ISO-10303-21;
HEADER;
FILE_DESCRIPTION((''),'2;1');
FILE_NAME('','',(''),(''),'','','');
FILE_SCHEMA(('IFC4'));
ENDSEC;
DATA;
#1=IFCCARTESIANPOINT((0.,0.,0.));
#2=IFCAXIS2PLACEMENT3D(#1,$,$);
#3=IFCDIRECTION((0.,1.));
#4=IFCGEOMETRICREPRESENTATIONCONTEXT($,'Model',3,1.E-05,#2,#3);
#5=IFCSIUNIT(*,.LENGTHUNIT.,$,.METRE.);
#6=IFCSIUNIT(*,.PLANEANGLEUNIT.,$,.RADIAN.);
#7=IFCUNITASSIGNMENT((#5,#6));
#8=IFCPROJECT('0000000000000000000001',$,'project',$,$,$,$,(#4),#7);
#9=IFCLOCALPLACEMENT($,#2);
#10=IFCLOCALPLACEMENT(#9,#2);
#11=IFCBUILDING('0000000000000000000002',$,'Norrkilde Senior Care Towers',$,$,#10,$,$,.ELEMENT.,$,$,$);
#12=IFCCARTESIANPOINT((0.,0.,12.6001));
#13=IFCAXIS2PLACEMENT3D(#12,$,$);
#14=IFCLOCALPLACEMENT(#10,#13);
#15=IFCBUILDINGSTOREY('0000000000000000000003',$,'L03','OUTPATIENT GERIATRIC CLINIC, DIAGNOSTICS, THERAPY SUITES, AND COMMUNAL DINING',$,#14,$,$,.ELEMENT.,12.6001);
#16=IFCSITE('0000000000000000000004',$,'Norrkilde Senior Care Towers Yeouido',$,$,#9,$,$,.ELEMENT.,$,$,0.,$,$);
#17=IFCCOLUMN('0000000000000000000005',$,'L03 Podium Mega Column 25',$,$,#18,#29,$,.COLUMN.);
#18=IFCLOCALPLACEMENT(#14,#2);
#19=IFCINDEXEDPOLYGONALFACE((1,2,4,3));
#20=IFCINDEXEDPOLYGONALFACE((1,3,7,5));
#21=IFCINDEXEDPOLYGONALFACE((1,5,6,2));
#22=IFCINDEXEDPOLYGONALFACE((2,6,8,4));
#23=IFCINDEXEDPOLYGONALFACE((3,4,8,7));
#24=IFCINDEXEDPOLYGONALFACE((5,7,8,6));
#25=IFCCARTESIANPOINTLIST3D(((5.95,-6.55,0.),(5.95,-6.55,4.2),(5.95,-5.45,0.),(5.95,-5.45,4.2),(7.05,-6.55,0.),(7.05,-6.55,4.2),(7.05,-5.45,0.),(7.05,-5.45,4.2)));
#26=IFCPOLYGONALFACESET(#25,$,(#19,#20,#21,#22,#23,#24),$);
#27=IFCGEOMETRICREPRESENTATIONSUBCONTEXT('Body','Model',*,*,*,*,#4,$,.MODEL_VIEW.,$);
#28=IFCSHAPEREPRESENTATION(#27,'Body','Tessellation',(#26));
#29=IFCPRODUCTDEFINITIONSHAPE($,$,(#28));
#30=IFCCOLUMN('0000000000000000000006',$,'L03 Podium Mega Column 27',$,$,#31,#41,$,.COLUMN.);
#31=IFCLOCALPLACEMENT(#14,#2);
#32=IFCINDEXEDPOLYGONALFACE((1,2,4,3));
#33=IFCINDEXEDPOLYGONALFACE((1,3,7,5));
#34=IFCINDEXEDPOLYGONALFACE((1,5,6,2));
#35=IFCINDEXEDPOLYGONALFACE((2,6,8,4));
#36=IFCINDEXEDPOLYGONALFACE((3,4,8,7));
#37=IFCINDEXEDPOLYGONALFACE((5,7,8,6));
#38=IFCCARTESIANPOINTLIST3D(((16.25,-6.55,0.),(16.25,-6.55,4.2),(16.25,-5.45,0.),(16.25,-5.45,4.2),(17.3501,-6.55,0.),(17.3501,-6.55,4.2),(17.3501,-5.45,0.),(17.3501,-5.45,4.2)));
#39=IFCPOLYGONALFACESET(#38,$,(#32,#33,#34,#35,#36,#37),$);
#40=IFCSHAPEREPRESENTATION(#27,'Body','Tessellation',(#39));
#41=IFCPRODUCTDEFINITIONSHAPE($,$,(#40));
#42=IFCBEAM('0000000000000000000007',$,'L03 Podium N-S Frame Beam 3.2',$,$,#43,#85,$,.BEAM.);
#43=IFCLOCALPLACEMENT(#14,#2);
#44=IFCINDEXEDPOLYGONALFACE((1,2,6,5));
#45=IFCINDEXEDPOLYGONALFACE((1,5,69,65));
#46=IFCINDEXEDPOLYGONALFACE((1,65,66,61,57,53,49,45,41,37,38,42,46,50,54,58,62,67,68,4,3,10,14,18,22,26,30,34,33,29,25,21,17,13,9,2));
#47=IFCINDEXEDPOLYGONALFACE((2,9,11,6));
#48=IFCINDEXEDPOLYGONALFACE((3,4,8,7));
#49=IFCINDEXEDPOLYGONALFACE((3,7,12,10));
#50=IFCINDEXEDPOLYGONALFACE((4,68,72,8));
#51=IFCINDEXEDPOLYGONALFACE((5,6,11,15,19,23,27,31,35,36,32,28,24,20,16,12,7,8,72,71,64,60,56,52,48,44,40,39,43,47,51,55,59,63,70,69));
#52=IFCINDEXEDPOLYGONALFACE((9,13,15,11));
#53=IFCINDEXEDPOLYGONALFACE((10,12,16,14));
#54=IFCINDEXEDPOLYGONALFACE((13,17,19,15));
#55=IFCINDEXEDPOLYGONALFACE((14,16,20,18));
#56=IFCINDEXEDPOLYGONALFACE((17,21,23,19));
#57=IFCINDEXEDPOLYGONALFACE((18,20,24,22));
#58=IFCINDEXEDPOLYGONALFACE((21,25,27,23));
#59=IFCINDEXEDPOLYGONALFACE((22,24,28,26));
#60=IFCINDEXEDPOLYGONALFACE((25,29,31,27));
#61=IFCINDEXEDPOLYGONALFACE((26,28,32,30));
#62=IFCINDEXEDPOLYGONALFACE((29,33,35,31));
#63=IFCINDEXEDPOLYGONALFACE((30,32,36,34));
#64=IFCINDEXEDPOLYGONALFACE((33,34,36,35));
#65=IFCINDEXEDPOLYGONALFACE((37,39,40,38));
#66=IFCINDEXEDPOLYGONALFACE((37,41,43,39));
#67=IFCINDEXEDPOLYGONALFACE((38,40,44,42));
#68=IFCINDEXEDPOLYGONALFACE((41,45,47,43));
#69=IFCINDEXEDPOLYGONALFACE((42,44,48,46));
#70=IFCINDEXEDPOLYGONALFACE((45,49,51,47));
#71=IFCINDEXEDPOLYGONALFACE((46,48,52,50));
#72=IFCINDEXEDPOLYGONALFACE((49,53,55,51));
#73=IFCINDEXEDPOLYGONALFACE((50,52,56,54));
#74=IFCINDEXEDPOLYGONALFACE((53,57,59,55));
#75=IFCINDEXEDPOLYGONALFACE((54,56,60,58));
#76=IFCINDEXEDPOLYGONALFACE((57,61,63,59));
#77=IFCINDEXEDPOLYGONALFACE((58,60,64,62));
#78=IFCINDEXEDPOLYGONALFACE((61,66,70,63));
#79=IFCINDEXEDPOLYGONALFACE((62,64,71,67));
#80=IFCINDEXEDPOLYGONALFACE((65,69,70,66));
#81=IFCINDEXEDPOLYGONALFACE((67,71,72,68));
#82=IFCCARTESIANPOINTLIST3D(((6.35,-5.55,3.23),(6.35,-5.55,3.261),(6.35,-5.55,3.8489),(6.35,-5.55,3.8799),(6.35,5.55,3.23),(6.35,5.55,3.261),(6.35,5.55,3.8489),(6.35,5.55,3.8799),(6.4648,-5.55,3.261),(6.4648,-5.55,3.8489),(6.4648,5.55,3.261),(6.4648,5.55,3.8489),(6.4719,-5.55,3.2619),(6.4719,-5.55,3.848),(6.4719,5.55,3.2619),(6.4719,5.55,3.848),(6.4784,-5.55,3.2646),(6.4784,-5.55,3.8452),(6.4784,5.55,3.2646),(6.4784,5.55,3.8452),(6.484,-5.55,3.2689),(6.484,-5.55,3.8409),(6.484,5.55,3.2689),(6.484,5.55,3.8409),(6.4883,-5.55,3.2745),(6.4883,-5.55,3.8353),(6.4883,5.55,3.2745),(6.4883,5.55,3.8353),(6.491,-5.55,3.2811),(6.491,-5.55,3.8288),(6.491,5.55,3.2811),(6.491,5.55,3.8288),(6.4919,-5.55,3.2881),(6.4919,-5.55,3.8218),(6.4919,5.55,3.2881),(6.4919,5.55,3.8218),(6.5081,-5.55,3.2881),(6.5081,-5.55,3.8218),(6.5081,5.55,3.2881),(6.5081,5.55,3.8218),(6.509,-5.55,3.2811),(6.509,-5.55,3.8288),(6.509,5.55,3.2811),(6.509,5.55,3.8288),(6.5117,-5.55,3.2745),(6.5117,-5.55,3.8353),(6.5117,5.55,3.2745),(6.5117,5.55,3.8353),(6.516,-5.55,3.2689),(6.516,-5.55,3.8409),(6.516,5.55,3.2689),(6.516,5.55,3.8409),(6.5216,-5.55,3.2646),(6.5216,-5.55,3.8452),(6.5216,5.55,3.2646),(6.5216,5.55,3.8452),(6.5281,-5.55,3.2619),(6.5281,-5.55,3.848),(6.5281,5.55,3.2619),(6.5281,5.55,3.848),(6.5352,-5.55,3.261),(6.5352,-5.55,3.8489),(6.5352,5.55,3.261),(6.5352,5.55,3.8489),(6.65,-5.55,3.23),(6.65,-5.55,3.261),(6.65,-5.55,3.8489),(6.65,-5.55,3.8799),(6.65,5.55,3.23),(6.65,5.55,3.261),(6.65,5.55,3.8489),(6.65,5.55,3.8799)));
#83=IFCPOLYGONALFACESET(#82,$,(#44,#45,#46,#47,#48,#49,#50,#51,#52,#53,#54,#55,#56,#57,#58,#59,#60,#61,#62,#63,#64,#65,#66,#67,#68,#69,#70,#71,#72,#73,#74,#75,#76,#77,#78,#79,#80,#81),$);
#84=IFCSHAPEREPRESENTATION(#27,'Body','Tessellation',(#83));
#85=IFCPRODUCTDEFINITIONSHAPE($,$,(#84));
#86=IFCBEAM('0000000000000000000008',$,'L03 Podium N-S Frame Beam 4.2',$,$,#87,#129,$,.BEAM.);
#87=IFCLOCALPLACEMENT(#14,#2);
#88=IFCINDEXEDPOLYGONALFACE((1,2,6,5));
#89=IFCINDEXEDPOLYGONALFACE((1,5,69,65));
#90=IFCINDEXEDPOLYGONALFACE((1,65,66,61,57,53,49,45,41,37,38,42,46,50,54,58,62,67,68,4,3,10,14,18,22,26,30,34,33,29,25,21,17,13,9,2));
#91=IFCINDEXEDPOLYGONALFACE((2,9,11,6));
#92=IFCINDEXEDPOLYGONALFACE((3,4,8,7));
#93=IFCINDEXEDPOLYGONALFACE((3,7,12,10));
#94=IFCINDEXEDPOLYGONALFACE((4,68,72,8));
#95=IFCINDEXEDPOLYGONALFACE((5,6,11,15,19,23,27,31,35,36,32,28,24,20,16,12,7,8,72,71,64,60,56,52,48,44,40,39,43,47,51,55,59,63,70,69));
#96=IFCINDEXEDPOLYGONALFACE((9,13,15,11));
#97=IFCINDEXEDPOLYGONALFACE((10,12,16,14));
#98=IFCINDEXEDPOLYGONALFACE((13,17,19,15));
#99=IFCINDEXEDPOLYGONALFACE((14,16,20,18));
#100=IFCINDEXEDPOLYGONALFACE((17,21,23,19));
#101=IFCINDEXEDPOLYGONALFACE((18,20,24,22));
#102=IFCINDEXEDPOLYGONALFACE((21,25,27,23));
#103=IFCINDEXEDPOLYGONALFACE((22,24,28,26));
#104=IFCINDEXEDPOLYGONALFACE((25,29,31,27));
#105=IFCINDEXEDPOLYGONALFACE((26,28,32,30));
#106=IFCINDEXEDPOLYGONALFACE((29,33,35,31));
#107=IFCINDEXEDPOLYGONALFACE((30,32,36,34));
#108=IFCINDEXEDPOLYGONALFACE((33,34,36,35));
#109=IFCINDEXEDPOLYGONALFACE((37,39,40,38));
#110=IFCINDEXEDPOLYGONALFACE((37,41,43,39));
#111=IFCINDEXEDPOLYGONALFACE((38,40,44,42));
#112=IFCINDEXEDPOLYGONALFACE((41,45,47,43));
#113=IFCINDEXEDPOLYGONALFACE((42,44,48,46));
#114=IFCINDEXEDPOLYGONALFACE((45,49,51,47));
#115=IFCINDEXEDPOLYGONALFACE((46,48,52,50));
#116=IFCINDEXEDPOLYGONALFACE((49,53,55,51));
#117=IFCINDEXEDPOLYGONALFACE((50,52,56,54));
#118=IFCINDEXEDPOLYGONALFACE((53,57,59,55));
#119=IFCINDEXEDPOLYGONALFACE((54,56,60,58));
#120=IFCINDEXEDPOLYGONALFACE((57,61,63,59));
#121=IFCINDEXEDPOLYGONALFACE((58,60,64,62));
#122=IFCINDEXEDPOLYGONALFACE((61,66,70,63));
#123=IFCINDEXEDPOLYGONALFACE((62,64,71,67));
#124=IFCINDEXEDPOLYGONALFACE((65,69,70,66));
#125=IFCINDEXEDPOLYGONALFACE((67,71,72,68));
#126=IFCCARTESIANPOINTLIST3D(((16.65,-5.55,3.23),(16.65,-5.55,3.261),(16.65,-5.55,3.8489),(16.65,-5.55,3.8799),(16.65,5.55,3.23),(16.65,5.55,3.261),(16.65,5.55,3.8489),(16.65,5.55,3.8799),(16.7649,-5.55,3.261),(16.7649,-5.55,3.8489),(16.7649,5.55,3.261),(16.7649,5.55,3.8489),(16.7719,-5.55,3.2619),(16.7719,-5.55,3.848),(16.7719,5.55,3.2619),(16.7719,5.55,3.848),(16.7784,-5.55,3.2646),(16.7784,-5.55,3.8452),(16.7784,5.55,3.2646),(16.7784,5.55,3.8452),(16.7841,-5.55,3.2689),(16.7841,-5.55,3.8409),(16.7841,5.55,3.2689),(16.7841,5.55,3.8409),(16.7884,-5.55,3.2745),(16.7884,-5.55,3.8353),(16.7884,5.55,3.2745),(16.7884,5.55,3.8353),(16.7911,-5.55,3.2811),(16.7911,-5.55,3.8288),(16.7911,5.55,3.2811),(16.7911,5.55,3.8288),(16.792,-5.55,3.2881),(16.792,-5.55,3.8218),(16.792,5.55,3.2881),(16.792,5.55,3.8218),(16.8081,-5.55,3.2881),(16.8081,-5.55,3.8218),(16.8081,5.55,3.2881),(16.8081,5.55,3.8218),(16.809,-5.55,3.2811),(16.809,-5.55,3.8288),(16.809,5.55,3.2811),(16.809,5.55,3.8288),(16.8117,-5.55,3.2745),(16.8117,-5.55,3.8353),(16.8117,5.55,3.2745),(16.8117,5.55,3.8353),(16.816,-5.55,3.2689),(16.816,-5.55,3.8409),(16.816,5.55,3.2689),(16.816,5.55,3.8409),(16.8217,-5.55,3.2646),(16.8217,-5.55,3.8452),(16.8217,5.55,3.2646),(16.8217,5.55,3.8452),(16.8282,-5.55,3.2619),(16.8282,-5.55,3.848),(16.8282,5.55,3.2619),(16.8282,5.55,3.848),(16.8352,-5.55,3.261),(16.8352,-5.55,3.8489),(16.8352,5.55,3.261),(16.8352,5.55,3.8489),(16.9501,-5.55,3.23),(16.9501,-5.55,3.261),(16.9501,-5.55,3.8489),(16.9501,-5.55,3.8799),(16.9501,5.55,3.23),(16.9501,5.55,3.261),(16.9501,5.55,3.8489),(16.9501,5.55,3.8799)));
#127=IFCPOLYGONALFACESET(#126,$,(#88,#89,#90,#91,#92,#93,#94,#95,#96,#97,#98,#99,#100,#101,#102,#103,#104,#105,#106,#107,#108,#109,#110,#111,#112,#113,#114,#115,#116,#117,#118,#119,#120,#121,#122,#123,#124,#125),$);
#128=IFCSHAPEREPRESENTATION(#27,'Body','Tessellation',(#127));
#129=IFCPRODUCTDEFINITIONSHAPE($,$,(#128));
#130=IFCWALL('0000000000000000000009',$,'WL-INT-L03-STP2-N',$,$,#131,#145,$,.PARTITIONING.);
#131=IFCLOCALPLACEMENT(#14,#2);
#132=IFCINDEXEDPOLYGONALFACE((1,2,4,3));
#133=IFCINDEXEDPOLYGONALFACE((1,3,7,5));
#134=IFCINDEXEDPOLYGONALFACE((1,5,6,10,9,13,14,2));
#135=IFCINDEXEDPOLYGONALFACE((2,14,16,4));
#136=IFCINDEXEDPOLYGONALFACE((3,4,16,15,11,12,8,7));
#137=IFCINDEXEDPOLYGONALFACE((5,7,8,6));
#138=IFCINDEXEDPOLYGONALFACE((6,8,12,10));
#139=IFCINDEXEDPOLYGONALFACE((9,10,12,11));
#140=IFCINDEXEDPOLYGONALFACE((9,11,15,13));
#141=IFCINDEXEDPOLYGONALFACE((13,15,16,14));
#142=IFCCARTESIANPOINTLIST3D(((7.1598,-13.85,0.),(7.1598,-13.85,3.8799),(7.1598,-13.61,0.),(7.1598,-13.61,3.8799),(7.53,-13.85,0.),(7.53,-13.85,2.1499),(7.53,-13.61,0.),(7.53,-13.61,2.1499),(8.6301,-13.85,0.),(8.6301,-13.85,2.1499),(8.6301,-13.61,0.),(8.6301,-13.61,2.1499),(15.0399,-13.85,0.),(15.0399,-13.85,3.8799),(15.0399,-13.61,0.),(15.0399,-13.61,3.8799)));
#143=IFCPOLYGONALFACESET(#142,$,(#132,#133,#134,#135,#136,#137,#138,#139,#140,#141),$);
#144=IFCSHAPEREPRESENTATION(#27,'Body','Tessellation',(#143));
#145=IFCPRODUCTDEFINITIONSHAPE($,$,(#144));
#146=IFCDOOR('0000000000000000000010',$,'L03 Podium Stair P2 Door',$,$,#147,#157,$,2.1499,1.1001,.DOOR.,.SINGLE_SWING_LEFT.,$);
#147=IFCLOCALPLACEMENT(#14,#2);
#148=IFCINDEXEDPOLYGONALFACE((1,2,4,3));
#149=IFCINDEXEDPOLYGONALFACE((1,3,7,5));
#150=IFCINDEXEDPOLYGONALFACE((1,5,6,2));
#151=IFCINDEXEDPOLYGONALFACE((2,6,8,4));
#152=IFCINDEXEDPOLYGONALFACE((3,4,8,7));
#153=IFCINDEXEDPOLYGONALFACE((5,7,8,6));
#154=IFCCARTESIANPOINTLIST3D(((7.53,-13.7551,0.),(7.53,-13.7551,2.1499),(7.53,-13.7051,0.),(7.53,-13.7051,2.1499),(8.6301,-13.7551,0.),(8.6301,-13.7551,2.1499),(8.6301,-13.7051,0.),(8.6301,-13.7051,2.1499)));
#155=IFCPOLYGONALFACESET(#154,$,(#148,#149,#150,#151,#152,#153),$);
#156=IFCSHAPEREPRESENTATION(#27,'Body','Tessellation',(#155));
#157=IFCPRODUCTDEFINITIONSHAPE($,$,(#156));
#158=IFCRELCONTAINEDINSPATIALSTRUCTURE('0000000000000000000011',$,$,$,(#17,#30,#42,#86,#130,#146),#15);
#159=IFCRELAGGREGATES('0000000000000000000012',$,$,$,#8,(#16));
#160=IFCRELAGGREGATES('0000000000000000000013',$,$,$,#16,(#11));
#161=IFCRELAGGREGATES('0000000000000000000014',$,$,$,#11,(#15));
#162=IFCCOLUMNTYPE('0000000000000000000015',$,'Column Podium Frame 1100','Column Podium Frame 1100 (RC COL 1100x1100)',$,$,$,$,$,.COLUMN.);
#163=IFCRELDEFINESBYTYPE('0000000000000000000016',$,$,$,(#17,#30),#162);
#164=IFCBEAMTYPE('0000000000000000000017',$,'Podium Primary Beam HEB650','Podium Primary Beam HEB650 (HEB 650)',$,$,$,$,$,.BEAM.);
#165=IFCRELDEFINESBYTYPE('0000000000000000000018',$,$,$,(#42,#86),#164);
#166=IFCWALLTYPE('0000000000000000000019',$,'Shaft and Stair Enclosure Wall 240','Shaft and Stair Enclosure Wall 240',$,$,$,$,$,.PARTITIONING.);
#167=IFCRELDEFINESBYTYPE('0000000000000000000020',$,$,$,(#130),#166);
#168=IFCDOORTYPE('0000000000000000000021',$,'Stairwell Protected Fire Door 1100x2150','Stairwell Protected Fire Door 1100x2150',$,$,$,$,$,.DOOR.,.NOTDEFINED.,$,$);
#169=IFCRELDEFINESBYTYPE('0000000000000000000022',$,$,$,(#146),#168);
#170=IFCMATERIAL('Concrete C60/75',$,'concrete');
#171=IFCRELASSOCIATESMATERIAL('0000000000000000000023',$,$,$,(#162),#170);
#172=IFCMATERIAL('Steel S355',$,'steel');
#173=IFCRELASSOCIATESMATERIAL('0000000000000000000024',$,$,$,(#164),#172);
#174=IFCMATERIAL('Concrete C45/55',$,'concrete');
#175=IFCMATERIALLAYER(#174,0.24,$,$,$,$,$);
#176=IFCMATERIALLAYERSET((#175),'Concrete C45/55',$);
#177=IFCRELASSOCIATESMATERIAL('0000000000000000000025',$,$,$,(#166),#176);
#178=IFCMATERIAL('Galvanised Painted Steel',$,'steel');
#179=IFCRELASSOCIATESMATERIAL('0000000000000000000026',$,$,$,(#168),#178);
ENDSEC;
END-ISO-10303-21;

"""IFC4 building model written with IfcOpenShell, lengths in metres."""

from ifc_helpers import new_model, si_unit, direction, frame, frame_2d, origin, origin_2d, place, context, subcontext, project, spatial, rectangle, i_section, extrude, source, transform, mapped, material, layer, layer_set, material_profile, profile_set, type_object, type_shapes, element, fill, save


model = new_model("IFC4")

# Units and contexts
model_context = context("Model", 3, precision=1e-05, world=origin(), true_north=direction((0.0, 1.0)))
body_context = subcontext(model_context, "Body", "Model", "MODEL_VIEW")
ifc_project = project(units=[si_unit("LENGTHUNIT", "METRE"), si_unit("PLANEANGLEUNIT", "RADIAN")], contexts=[model_context])

# Site, building, storey
site_placement = place(None, origin())
site = spatial("IfcSite", under=ifc_project, at=site_placement, Name="Norrkilde Senior Care Towers Yeouido", CompositionType="ELEMENT", RefElevation=0.0)
building_placement = place(site_placement, origin())
building = spatial("IfcBuilding", under=site, at=building_placement, Name="Norrkilde Senior Care Towers", CompositionType="ELEMENT")
storey_placement = place(building_placement, frame((0.0, 0.0, 12.6001)))
storey = spatial("IfcBuildingStorey", under=building, at=storey_placement, Name="L03", Description="OUTPATIENT GERIATRIC CLINIC, DIAGNOSTICS, THERAPY SUITES, AND COMMUNAL DINING", CompositionType="ELEMENT", Elevation=12.6001)

# Columns
ifc_material_1 = material(Name="Concrete C60/75", Category="concrete")
ifc_material_profile_1 = material_profile(ifc_material_1, rectangle(XDim=1.1001, YDim=1.1001, at=origin_2d()), Name="RC COL 1100x1100")
ifc_profile_set_1 = profile_set([ifc_material_profile_1], Name="Concrete C60/75")
column_type = type_object("IfcColumnType", Name="Column Podium Frame 1100", Description="Column Podium Frame 1100 (RC COL 1100x1100)", PredefinedType="COLUMN", material=ifc_profile_set_1)
shared_shape_1 = source(origin(), body_context, "Body", "SweptSolid", [
    extrude(rectangle(XDim=1.1001, YDim=1.1001, at=origin_2d()), origin(), (0.0, 0.0, 1.0), 4.2),
])
type_shapes(column_type, [shared_shape_1])
for number, where, z_axis, x_axis, name in (
    (1, (6.5, -6.0, 0.0), (0.0, 0.0, 1.0), (1.0, 0.0, 0.0), "L03 Podium Mega Column 25"),
    (2, (16.8, -6.0, 0.0), (0.0, 0.0, 1.0), (1.0, 0.0, 0.0), "L03 Podium Mega Column 27"),
):
    element("IfcColumn", number, at=place(storey_placement, frame(where, z_axis=z_axis, x_axis=x_axis)), inside=storey, type_object=column_type, Name=name, PredefinedType="COLUMN", context=body_context, shape_type="MappedRepresentation", body=[
        mapped(shared_shape_1, transform((0.0, 0.0, 0.0), x_axis=(1.0, 0.0, 0.0), y_axis=(0.0, 1.0, 0.0), z_axis=(0.0, 0.0, 1.0), scale=1.0)),
    ])

# Beams
ifc_material_2 = material(Name="Steel S355", Category="steel")
ifc_material_profile_2 = material_profile(ifc_material_2, i_section(OverallWidth=0.3, OverallDepth=0.6499, WebThickness=0.0161, FlangeThickness=0.031, FilletRadius=0.0271, at=origin_2d()), Name="HEB 650")
ifc_profile_set_2 = profile_set([ifc_material_profile_2], Name="Steel S355")
beam_type = type_object("IfcBeamType", Name="Podium Primary Beam HEB650", Description="Podium Primary Beam HEB650 (HEB 650)", PredefinedType="BEAM", material=ifc_profile_set_2)
shared_shape_2 = source(origin(), body_context, "Body", "SweptSolid", [
    extrude(i_section(OverallWidth=0.3, OverallDepth=0.6499, WebThickness=0.0161, FlangeThickness=0.031, FilletRadius=0.0271, at=origin_2d()), origin(), (0.0, 0.0, 1.0), 11.1001),
])
type_shapes(beam_type, [shared_shape_2])
for number, where, z_axis, x_axis, name in (
    (3, (6.5, -5.55, 3.5549), (0.0, 1.0, 0.0), (-1.0, 0.0, 0.0), "L03 Podium N-S Frame Beam 3.2"),
    (4, (16.8, -5.55, 3.5549), (0.0, 1.0, 0.0), (-1.0, 0.0, 0.0), "L03 Podium N-S Frame Beam 4.2"),
):
    element("IfcBeam", number, at=place(storey_placement, frame(where, z_axis=z_axis, x_axis=x_axis)), inside=storey, type_object=beam_type, Name=name, PredefinedType="BEAM", context=body_context, shape_type="MappedRepresentation", body=[
        mapped(shared_shape_2, transform((0.0, 0.0, 0.0), x_axis=(1.0, 0.0, 0.0), y_axis=(0.0, 1.0, 0.0), z_axis=(0.0, 0.0, 1.0), scale=1.0)),
    ])

# Wall, opening, door
ifc_material_3 = material(Name="Concrete C45/55", Category="concrete")
ifc_layer_1 = layer(ifc_material_3, 0.24)
ifc_layer_set_1 = layer_set([ifc_layer_1], Name="Concrete C45/55")
wall_type_1 = type_object("IfcWallType", Name="Shaft and Stair Enclosure Wall 240", Description="Shaft and Stair Enclosure Wall 240", PredefinedType="PARTITIONING", material=ifc_layer_set_1)
shared_shape_3 = source(origin(), body_context, "Body", "SweptSolid", [
    extrude(rectangle(XDim=7.8801, YDim=0.24, at=frame_2d((3.9399, 0.0))), origin(), (0.0, 0.0, 1.0), 3.8799),
])
type_shapes(wall_type_1, [shared_shape_3])
wall_1_placement = place(storey_placement, frame((7.1599, -13.73, 0.0), z_axis=(0.0, 0.0, 1.0), x_axis=(1.0, 0.0, 0.0)))
wall_1 = element("IfcWall", 5, at=wall_1_placement, inside=storey, type_object=wall_type_1, Name="WL-INT-L03-STP2-N", PredefinedType="PARTITIONING", context=body_context, shape_type="MappedRepresentation", body=[
    mapped(shared_shape_3, transform((0.0, 0.0, 0.0), x_axis=(1.0, 0.0, 0.0), y_axis=(0.0, 1.0, 0.0), z_axis=(0.0, 0.0, 1.0), scale=1.0)),
])
opening_1_placement = place(wall_1_placement, frame((0.3701, 0.0, 0.0)))
opening_1 = element("IfcOpeningElement", 6, at=opening_1_placement, cuts=wall_1, PredefinedType="OPENING", context=body_context, shape_type="SweptSolid", body=[
    extrude(rectangle(XDim=1.1001, YDim=2.1499, at=frame_2d((0.55, 1.075))), frame((0.0, 0.1299, 0.0), z_axis=(0.0, -1.0, 0.0), x_axis=(1.0, 0.0, 0.0)), (0.0, 0.0, 1.0), 0.26),
])
ifc_material_4 = material(Name="Galvanised Painted Steel", Category="steel")
door_type_1 = type_object("IfcDoorType", Name="Stairwell Protected Fire Door 1100x2150", Description="Stairwell Protected Fire Door 1100x2150", OperationType="NOTDEFINED", PredefinedType="DOOR", material=ifc_material_4)
shared_shape_4 = source(origin(), body_context, "Body", "SweptSolid", [
    extrude(rectangle(XDim=1.1001, YDim=2.1499, at=frame_2d((0.55, 1.075))), frame((0.0, 0.0249, 0.0), z_axis=(0.0, -1.0, 0.0), x_axis=(1.0, 0.0, 0.0)), (0.0, 0.0, 1.0), 0.05),
])
type_shapes(door_type_1, [shared_shape_4])
door_1_placement = place(opening_1_placement, origin())
door_1 = element("IfcDoor", 7, at=door_1_placement, inside=storey, type_object=door_type_1, Name="L03 Podium Stair P2 Door", OperationType="SINGLE_SWING_LEFT", OverallHeight=2.1499, OverallWidth=1.1001, PredefinedType="DOOR", context=body_context, shape_type="MappedRepresentation", body=[
    mapped(shared_shape_4, transform((0.0, 0.0, 0.0), x_axis=(1.0, 0.0, 0.0), y_axis=(0.0, 1.0, 0.0), z_axis=(0.0, 0.0, 1.0), scale=1.0)),
])
fill(opening_1, door_1)

save(model, "model.ifc")
